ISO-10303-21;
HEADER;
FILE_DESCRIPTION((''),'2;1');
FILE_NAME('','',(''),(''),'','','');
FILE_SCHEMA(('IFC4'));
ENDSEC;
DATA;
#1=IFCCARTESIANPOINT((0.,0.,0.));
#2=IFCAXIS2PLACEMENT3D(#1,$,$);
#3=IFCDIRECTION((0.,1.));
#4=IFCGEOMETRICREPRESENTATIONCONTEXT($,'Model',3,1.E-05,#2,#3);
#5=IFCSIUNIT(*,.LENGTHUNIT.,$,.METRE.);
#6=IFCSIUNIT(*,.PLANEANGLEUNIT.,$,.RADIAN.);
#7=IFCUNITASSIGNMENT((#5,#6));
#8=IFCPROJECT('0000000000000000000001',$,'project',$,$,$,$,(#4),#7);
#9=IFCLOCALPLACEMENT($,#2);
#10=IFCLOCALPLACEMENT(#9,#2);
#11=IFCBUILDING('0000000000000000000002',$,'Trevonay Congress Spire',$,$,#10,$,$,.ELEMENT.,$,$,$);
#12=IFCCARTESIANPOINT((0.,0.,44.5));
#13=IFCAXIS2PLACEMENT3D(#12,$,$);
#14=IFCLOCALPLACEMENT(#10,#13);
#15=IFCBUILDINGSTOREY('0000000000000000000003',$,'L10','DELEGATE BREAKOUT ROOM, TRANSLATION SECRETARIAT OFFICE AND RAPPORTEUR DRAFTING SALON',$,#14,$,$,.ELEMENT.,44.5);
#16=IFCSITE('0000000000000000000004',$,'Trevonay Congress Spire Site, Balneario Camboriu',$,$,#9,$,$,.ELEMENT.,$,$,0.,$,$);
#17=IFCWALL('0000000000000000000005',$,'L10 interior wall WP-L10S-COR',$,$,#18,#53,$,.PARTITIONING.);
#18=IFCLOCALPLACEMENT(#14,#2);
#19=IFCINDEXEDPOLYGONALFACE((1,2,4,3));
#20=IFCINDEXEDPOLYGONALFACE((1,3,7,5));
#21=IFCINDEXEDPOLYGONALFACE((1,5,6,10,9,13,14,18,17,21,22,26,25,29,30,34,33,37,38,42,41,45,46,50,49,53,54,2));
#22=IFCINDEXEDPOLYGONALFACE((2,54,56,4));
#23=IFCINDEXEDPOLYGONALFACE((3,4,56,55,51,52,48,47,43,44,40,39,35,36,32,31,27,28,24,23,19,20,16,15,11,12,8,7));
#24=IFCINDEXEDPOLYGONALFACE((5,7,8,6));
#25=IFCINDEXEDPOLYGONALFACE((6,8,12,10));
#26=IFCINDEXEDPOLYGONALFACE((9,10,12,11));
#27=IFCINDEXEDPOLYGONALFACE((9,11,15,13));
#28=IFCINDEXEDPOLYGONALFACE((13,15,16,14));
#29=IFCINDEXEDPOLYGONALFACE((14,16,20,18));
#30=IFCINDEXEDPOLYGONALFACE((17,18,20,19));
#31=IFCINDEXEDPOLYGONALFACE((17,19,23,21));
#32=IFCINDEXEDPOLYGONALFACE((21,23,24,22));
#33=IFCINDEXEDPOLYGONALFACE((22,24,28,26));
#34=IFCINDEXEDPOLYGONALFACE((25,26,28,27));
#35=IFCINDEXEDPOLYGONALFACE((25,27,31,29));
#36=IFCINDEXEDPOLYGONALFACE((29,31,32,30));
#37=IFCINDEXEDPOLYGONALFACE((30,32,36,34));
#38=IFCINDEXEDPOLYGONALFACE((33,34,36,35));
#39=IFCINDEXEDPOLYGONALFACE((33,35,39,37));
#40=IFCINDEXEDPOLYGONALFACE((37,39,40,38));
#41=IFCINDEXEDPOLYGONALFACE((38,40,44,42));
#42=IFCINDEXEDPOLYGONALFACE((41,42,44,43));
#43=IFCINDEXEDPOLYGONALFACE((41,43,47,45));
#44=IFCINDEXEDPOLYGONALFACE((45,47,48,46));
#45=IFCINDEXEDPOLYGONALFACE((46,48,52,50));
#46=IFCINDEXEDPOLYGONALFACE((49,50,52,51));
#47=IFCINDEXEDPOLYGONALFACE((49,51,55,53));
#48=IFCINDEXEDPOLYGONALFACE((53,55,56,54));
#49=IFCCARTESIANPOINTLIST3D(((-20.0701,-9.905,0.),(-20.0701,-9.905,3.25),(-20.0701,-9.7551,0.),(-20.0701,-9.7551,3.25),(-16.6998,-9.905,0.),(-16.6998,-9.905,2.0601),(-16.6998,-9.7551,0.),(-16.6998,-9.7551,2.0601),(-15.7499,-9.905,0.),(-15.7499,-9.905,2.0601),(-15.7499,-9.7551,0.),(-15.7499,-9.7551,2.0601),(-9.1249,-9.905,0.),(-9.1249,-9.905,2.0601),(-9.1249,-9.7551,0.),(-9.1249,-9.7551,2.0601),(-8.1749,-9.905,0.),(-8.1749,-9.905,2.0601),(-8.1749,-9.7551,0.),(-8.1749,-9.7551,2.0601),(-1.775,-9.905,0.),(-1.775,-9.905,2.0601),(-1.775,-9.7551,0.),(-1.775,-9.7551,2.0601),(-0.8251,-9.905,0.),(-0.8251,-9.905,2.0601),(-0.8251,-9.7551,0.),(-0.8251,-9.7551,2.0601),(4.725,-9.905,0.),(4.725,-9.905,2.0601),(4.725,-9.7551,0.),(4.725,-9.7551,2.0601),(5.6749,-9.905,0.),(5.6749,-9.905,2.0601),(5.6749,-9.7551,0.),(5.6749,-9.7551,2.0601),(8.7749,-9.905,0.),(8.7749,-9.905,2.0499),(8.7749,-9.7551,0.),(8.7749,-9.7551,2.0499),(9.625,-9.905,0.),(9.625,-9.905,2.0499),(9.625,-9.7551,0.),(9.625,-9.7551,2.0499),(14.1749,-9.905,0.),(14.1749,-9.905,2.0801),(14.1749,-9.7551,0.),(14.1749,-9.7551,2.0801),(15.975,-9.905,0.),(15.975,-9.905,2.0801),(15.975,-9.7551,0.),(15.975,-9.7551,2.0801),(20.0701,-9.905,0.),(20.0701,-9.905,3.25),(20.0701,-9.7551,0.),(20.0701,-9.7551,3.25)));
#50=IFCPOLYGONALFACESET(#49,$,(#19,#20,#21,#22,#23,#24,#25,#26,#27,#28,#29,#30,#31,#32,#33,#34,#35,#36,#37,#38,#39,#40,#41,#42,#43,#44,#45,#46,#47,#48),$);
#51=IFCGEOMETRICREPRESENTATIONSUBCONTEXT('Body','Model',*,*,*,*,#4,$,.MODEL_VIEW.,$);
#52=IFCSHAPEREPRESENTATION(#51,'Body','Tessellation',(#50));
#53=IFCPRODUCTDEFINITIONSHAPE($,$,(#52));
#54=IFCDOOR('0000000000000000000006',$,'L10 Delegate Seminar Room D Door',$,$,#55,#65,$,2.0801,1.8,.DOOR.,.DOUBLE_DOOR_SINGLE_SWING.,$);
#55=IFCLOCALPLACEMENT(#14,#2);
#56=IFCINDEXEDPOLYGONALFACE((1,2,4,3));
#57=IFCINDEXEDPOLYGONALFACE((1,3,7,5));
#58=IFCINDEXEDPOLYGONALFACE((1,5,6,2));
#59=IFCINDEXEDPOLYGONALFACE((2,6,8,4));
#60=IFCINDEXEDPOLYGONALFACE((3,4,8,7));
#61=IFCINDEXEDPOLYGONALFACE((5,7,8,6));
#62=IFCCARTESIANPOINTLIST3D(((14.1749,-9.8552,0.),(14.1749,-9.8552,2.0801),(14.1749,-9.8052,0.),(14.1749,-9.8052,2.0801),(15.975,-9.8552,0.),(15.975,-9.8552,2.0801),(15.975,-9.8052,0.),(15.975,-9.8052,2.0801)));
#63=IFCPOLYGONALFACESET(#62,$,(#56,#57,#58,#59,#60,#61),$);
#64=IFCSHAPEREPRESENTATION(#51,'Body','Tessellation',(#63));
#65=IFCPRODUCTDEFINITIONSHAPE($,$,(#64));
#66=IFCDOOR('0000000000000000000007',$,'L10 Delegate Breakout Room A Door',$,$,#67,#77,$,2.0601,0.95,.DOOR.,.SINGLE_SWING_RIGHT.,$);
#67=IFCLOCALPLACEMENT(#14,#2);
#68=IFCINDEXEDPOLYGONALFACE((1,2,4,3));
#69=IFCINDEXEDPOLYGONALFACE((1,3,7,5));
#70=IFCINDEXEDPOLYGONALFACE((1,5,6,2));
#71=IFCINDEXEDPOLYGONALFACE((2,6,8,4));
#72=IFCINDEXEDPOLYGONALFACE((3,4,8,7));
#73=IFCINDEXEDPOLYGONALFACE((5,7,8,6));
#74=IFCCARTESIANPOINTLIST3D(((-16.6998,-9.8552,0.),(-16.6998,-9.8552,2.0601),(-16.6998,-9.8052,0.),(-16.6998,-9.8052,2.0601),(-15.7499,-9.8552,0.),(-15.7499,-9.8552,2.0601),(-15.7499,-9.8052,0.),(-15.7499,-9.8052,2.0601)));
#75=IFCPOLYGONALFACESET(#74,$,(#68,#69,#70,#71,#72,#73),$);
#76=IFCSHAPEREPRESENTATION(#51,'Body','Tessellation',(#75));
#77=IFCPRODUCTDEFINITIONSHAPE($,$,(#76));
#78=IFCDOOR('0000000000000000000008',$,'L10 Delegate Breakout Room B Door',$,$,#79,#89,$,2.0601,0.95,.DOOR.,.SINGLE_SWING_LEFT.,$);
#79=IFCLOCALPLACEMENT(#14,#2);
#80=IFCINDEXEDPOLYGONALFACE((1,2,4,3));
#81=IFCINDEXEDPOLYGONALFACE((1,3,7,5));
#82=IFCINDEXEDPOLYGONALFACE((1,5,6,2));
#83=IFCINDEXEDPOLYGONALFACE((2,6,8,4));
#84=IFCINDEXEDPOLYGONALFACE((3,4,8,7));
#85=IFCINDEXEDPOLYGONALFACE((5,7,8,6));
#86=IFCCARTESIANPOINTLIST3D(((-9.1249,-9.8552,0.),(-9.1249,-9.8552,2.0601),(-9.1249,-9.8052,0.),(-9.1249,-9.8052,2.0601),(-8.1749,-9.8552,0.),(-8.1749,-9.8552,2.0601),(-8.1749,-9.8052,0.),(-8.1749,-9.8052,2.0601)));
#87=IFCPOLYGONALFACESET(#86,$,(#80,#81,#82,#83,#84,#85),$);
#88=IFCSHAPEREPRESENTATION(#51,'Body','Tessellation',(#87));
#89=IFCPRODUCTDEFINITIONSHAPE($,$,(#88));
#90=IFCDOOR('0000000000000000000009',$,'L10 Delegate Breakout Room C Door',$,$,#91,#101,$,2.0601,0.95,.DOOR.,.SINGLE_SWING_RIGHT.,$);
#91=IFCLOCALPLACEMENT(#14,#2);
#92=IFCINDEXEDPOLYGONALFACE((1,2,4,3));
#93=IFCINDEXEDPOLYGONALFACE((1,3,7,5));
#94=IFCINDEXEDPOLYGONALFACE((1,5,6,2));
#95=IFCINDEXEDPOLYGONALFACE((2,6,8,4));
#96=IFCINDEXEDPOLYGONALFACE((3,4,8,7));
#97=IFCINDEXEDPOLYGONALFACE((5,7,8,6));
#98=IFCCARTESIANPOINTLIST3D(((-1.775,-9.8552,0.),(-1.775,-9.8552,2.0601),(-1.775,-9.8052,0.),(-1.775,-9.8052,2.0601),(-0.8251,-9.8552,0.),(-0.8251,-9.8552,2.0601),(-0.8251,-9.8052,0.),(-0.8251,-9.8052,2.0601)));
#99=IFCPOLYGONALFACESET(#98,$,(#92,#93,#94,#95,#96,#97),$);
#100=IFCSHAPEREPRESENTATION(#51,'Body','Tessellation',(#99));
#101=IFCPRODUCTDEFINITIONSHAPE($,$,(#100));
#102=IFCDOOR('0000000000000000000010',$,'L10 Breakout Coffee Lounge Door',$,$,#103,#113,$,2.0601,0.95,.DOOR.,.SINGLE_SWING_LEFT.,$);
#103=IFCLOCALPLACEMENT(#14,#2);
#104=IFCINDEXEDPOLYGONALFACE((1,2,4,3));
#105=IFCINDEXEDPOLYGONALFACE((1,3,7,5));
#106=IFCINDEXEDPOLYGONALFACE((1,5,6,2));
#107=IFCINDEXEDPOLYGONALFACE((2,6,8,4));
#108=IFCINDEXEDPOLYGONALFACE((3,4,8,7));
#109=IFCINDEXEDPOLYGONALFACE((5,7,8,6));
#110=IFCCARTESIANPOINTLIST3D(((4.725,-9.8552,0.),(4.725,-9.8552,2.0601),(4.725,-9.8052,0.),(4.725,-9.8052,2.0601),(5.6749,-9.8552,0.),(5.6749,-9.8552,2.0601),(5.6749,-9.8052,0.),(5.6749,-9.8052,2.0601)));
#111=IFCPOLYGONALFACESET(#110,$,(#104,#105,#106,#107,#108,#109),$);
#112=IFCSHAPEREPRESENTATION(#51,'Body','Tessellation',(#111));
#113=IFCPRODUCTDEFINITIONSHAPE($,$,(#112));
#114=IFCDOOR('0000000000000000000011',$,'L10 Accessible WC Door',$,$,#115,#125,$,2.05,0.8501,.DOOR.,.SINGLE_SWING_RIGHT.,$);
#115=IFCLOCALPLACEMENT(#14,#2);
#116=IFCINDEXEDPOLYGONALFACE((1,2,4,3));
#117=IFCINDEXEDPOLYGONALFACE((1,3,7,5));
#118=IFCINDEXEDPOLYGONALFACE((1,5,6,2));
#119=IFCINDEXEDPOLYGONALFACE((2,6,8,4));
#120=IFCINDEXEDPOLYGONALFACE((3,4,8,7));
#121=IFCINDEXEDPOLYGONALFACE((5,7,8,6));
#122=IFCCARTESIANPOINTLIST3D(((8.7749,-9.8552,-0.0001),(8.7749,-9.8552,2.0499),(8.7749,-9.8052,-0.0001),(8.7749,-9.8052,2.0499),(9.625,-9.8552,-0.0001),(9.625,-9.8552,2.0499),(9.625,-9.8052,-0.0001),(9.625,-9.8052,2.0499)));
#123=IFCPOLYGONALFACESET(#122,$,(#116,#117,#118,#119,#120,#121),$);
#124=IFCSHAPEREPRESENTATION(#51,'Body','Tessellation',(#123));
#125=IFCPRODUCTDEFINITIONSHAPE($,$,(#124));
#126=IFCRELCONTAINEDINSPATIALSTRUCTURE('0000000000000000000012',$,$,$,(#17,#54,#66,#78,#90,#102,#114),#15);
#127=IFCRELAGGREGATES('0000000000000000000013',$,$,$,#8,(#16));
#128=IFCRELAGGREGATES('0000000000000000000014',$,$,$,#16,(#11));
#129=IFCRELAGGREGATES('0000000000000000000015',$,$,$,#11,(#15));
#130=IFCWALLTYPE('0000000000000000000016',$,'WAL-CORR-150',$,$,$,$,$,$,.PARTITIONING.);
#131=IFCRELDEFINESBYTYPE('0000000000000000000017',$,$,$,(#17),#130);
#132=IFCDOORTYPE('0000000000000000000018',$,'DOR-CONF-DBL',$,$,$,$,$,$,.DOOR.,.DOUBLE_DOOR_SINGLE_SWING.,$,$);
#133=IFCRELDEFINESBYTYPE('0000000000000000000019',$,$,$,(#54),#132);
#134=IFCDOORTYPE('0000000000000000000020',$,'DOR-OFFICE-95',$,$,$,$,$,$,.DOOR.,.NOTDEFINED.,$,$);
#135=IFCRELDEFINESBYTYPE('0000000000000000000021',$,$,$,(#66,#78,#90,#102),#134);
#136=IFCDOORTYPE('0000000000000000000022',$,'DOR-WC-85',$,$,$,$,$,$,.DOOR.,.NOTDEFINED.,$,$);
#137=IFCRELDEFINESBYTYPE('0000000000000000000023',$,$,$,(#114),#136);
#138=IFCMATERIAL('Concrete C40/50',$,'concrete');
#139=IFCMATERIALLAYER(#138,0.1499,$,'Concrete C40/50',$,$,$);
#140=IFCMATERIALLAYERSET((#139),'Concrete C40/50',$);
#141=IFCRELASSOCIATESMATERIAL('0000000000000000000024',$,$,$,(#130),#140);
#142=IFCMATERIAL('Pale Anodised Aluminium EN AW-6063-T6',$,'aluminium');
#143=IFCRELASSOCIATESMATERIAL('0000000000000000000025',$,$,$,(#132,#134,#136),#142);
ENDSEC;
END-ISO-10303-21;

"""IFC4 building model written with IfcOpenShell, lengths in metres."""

from ifc_helpers import new_model, si_unit, direction, frame, frame_2d, origin, place, context, subcontext, project, spatial, rectangle, extrude, material, layer, layer_set, type_object, element, fill, save


model = new_model("IFC4")

# Units and contexts
model_context = context("Model", 3, precision=1e-05, world=origin(), true_north=direction((0.0, 1.0)))
body_context = subcontext(model_context, "Body", "Model", "MODEL_VIEW")
ifc_project = project(units=[si_unit("LENGTHUNIT", "METRE"), si_unit("PLANEANGLEUNIT", "RADIAN")], contexts=[model_context])

# Site, building, storey
site_placement = place(None, origin())
site = spatial("IfcSite", under=ifc_project, at=site_placement, Name="Trevonay Congress Spire Site, Balneario Camboriu", CompositionType="ELEMENT", RefElevation=0.0)
building_placement = place(site_placement, origin())
building = spatial("IfcBuilding", under=site, at=building_placement, Name="Trevonay Congress Spire", CompositionType="ELEMENT")
storey_placement = place(building_placement, frame((0.0, 0.0, 44.5)))
storey = spatial("IfcBuildingStorey", under=building, at=storey_placement, Name="L10", Description="DELEGATE BREAKOUT ROOM, TRANSLATION SECRETARIAT OFFICE AND RAPPORTEUR DRAFTING SALON", CompositionType="ELEMENT", Elevation=44.5)

# Shared definitions
ifc_material_1 = material(Name="Pale Anodised Aluminium EN AW-6063-T6", Category="aluminium")

# Wall, openings, doors
ifc_material_2 = material(Name="Concrete C40/50", Category="concrete")
ifc_layer_1 = layer(ifc_material_2, 0.1499, Name="Concrete C40/50")
ifc_layer_set_1 = layer_set([ifc_layer_1], Name="Concrete C40/50")
wall_type_1 = type_object("IfcWallType", Name="WAL-CORR-150", PredefinedType="PARTITIONING", material=ifc_layer_set_1)
wall_1_placement = place(storey_placement, frame((-20.0701, -9.8301, 0.0), z_axis=(0.0, 0.0, 1.0), x_axis=(1.0, 0.0, 0.0)))
wall_1 = element("IfcWall", 1, at=wall_1_placement, inside=storey, type_object=wall_type_1, Name="L10 interior wall WP-L10S-COR", PredefinedType="PARTITIONING", context=body_context, shape_type="SweptSolid", body=[
    extrude(rectangle(XDim=40.1401, YDim=0.1499, at=frame_2d((20.0701, 0.0))), origin(), (0.0, 0.0, 1.0), 3.25),
])
opening_1_placement = place(wall_1_placement, frame((3.3701, 0.0, 0.0)))
opening_1 = element("IfcOpeningElement", 2, at=opening_1_placement, cuts=wall_1, PredefinedType="OPENING", context=body_context, shape_type="SweptSolid", body=[
    extrude(rectangle(XDim=0.95, YDim=2.0601, at=frame_2d((0.4751, 1.03))), frame((0.0, 0.085, 0.0), z_axis=(0.0, -1.0, 0.0), x_axis=(1.0, 0.0, 0.0)), (0.0, 0.0, 1.0), 0.1699),
])
opening_2_placement = place(wall_1_placement, frame((10.9451, 0.0, 0.0)))
opening_2 = element("IfcOpeningElement", 3, at=opening_2_placement, cuts=wall_1, PredefinedType="OPENING", context=body_context, shape_type="SweptSolid", body=[
    extrude(rectangle(XDim=0.95, YDim=2.0601, at=frame_2d((0.4751, 1.03))), frame((0.0, 0.085, 0.0), z_axis=(0.0, -1.0, 0.0), x_axis=(1.0, 0.0, 0.0)), (0.0, 0.0, 1.0), 0.1699),
])
opening_3_placement = place(wall_1_placement, frame((18.2949, 0.0, 0.0)))
opening_3 = element("IfcOpeningElement", 4, at=opening_3_placement, cuts=wall_1, PredefinedType="OPENING", context=body_context, shape_type="SweptSolid", body=[
    extrude(rectangle(XDim=0.95, YDim=2.0601, at=frame_2d((0.4751, 1.03))), frame((0.0, 0.085, 0.0), z_axis=(0.0, -1.0, 0.0), x_axis=(1.0, 0.0, 0.0)), (0.0, 0.0, 1.0), 0.1699),
])
opening_4_placement = place(wall_1_placement, frame((24.7949, 0.0, 0.0)))
opening_4 = element("IfcOpeningElement", 5, at=opening_4_placement, cuts=wall_1, PredefinedType="OPENING", context=body_context, shape_type="SweptSolid", body=[
    extrude(rectangle(XDim=0.95, YDim=2.0601, at=frame_2d((0.4751, 1.03))), frame((0.0, 0.085, 0.0), z_axis=(0.0, -1.0, 0.0), x_axis=(1.0, 0.0, 0.0)), (0.0, 0.0, 1.0), 0.1699),
])
opening_5_placement = place(wall_1_placement, frame((28.845, 0.0, 0.0)))
opening_5 = element("IfcOpeningElement", 6, at=opening_5_placement, cuts=wall_1, PredefinedType="OPENING", context=body_context, shape_type="SweptSolid", body=[
    extrude(rectangle(XDim=0.8501, YDim=2.05, at=frame_2d((0.425, 1.0249))), frame((0.0, 0.085, 0.0), z_axis=(0.0, -1.0, 0.0), x_axis=(1.0, 0.0, 0.0)), (0.0, 0.0, 1.0), 0.1699),
])
opening_6_placement = place(wall_1_placement, frame((34.2451, 0.0, 0.0)))
opening_6 = element("IfcOpeningElement", 7, at=opening_6_placement, cuts=wall_1, PredefinedType="OPENING", context=body_context, shape_type="SweptSolid", body=[
    extrude(rectangle(XDim=1.8, YDim=2.0801, at=frame_2d((0.8999, 1.04))), frame((0.0, 0.085, 0.0), z_axis=(0.0, -1.0, 0.0), x_axis=(1.0, 0.0, 0.0)), (0.0, 0.0, 1.0), 0.1699),
])
door_type_1 = type_object("IfcDoorType", Name="DOR-CONF-DBL", OperationType="DOUBLE_DOOR_SINGLE_SWING", PredefinedType="DOOR", material=ifc_material_1)
door_1_placement = place(opening_6_placement, origin())
door_1 = element("IfcDoor", 8, at=door_1_placement, inside=storey, type_object=door_type_1, Name="L10 Delegate Seminar Room D Door", OperationType="DOUBLE_DOOR_SINGLE_SWING", OverallHeight=2.0801, OverallWidth=1.8, PredefinedType="DOOR", context=body_context, shape_type="SweptSolid", body=[
    extrude(rectangle(XDim=1.8, YDim=2.0801, at=frame_2d((0.8999, 1.04))), frame((0.0, 0.0249, 0.0), z_axis=(0.0, -1.0, 0.0), x_axis=(1.0, 0.0, 0.0)), (0.0, 0.0, 1.0), 0.05),
])
fill(opening_6, door_1)
door_type_2 = type_object("IfcDoorType", Name="DOR-OFFICE-95", OperationType="NOTDEFINED", PredefinedType="DOOR", material=ifc_material_1)
door_2_placement = place(opening_1_placement, origin())
door_2 = element("IfcDoor", 9, at=door_2_placement, inside=storey, type_object=door_type_2, Name="L10 Delegate Breakout Room A Door", OperationType="SINGLE_SWING_RIGHT", OverallHeight=2.0601, OverallWidth=0.95, PredefinedType="DOOR", context=body_context, shape_type="SweptSolid", body=[
    extrude(rectangle(XDim=0.95, YDim=2.0601, at=frame_2d((0.4751, 1.03))), frame((0.0, 0.0249, 0.0), z_axis=(0.0, -1.0, 0.0), x_axis=(1.0, 0.0, 0.0)), (0.0, 0.0, 1.0), 0.05),
])
fill(opening_1, door_2)
door_3_placement = place(opening_2_placement, origin())
door_3 = element("IfcDoor", 10, at=door_3_placement, inside=storey, type_object=door_type_2, Name="L10 Delegate Breakout Room B Door", OperationType="SINGLE_SWING_LEFT", OverallHeight=2.0601, OverallWidth=0.95, PredefinedType="DOOR", context=body_context, shape_type="SweptSolid", body=[
    extrude(rectangle(XDim=0.95, YDim=2.0601, at=frame_2d((0.4751, 1.03))), frame((0.0, 0.0249, 0.0), z_axis=(0.0, -1.0, 0.0), x_axis=(1.0, 0.0, 0.0)), (0.0, 0.0, 1.0), 0.05),
])
fill(opening_2, door_3)
door_4_placement = place(opening_3_placement, origin())
door_4 = element("IfcDoor", 11, at=door_4_placement, inside=storey, type_object=door_type_2, Name="L10 Delegate Breakout Room C Door", OperationType="SINGLE_SWING_RIGHT", OverallHeight=2.0601, OverallWidth=0.95, PredefinedType="DOOR", context=body_context, shape_type="SweptSolid", body=[
    extrude(rectangle(XDim=0.95, YDim=2.0601, at=frame_2d((0.4751, 1.03))), frame((0.0, 0.0249, 0.0), z_axis=(0.0, -1.0, 0.0), x_axis=(1.0, 0.0, 0.0)), (0.0, 0.0, 1.0), 0.05),
])
fill(opening_3, door_4)
door_5_placement = place(opening_4_placement, origin())
door_5 = element("IfcDoor", 12, at=door_5_placement, inside=storey, type_object=door_type_2, Name="L10 Breakout Coffee Lounge Door", OperationType="SINGLE_SWING_LEFT", OverallHeight=2.0601, OverallWidth=0.95, PredefinedType="DOOR", context=body_context, shape_type="SweptSolid", body=[
    extrude(rectangle(XDim=0.95, YDim=2.0601, at=frame_2d((0.4751, 1.03))), frame((0.0, 0.0249, 0.0), z_axis=(0.0, -1.0, 0.0), x_axis=(1.0, 0.0, 0.0)), (0.0, 0.0, 1.0), 0.05),
])
fill(opening_4, door_5)
door_type_3 = type_object("IfcDoorType", Name="DOR-WC-85", OperationType="NOTDEFINED", PredefinedType="DOOR", material=ifc_material_1)
door_6_placement = place(opening_5_placement, origin())
door_6 = element("IfcDoor", 13, at=door_6_placement, inside=storey, type_object=door_type_3, Name="L10 Accessible WC Door", OperationType="SINGLE_SWING_RIGHT", OverallHeight=2.05, OverallWidth=0.8501, PredefinedType="DOOR", context=body_context, shape_type="SweptSolid", body=[
    extrude(rectangle(XDim=0.8501, YDim=2.05, at=frame_2d((0.425, 1.0249))), frame((0.0, 0.0249, 0.0), z_axis=(0.0, -1.0, 0.0), x_axis=(1.0, 0.0, 0.0)), (0.0, 0.0, 1.0), 0.05),
])
fill(opening_5, door_6)

save(model, "model.ifc")
